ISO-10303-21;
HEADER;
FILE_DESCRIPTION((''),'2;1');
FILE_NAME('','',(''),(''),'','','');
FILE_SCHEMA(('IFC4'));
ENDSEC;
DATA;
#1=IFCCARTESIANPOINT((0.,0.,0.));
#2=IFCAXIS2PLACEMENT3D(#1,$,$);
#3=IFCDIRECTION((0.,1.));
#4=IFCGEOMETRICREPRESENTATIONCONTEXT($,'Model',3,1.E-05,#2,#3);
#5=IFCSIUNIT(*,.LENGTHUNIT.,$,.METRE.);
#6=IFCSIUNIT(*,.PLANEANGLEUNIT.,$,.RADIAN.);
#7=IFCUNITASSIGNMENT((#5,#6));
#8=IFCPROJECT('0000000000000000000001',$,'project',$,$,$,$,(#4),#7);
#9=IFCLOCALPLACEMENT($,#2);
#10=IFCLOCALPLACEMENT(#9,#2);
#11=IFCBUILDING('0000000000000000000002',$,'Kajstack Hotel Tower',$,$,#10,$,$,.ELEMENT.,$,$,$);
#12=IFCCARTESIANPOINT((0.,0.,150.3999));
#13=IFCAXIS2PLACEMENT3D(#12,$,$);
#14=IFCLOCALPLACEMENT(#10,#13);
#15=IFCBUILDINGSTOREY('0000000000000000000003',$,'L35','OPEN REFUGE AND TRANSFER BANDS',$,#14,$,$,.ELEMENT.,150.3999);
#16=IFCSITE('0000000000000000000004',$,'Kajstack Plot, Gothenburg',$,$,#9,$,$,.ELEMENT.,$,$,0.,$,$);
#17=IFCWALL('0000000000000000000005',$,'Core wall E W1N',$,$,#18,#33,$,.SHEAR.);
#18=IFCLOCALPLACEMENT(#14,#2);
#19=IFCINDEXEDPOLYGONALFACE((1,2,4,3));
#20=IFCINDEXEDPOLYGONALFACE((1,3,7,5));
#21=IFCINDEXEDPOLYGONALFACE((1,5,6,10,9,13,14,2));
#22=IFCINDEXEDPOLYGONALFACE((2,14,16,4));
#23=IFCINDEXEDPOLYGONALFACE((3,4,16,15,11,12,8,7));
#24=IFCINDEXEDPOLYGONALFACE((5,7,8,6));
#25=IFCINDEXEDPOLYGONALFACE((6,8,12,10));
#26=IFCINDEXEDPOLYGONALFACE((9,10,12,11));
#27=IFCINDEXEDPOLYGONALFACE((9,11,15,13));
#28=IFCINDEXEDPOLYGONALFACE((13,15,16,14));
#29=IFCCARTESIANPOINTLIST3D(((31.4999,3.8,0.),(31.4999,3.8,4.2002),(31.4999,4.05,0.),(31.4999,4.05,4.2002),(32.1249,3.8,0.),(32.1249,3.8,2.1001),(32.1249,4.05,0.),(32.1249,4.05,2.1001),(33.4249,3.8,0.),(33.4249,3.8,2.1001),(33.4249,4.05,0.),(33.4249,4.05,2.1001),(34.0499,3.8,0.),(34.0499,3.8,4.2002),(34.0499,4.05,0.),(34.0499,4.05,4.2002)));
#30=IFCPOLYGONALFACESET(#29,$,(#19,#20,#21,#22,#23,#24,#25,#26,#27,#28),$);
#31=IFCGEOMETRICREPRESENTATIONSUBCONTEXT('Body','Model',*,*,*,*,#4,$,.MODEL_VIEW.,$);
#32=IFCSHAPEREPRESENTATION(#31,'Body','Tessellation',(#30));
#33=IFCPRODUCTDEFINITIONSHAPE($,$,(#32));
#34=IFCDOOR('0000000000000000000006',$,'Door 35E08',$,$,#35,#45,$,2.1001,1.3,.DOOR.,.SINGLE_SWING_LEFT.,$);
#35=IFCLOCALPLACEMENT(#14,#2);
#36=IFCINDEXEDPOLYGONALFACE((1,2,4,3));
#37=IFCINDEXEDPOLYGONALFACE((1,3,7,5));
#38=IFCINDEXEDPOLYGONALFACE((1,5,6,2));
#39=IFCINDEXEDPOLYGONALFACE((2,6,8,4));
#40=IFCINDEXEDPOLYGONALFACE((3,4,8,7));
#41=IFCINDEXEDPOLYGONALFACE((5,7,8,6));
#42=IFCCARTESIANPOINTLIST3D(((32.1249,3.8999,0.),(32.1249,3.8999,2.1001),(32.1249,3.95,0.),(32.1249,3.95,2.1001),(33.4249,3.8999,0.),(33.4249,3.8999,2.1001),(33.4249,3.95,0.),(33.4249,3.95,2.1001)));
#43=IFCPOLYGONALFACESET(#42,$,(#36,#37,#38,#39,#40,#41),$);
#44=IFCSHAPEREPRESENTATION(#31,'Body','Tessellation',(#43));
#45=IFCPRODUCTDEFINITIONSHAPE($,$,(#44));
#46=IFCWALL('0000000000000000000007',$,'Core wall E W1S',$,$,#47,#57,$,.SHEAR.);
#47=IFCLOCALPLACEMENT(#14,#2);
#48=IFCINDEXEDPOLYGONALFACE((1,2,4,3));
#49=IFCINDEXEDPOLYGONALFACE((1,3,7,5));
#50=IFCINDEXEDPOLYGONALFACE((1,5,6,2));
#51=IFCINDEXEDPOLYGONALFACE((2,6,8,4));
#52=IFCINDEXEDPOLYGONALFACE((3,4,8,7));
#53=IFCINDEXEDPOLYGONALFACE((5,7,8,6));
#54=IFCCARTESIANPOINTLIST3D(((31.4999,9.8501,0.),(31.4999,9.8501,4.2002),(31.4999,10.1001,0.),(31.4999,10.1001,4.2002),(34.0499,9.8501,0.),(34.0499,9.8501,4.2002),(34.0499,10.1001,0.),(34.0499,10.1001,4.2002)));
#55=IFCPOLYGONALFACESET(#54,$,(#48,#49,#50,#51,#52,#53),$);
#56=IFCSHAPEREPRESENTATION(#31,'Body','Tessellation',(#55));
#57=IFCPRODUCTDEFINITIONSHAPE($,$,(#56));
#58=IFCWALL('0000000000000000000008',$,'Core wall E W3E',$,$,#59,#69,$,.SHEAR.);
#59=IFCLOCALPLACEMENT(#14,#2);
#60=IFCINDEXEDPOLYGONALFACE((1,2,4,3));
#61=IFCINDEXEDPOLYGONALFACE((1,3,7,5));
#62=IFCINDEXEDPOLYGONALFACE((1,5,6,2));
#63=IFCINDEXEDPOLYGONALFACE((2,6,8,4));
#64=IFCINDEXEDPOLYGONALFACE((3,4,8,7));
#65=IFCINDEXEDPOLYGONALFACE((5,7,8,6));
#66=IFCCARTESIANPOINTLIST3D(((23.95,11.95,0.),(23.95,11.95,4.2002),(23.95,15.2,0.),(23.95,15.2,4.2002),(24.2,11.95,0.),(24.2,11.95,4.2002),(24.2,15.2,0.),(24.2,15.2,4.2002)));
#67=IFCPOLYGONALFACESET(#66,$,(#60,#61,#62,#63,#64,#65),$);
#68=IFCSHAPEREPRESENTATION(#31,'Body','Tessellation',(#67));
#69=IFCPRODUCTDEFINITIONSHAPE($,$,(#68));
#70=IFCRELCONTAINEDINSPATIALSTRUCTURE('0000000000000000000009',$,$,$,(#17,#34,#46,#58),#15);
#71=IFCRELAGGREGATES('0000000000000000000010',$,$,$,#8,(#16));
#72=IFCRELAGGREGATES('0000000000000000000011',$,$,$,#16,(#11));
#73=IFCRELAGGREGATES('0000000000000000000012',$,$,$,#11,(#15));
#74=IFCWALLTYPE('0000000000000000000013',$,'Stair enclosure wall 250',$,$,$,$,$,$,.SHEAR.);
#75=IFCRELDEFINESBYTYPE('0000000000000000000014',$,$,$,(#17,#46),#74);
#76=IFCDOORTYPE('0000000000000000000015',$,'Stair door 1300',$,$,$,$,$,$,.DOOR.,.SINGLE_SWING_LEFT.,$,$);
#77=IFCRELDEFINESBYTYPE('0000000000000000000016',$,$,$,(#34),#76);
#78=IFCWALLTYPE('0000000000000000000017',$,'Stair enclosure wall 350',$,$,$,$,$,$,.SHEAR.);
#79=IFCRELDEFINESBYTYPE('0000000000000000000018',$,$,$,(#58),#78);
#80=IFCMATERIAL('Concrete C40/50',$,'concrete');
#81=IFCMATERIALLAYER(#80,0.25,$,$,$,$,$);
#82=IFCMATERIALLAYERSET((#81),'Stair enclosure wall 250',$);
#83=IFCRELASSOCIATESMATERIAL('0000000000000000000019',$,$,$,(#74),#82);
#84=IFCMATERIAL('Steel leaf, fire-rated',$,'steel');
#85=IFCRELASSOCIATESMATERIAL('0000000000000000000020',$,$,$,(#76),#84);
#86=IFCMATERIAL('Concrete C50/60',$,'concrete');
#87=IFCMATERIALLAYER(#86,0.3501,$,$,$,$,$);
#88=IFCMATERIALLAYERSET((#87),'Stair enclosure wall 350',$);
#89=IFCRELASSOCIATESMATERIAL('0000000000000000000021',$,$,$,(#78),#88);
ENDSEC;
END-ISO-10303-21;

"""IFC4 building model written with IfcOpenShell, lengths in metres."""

from ifc_helpers import new_model, si_unit, direction, frame, frame_2d, origin, place, context, subcontext, project, spatial, rectangle, extrude, material, layer, layer_set, type_object, element, fill, save


model = new_model("IFC4")

# Units and contexts
model_context = context("Model", 3, precision=1e-05, world=origin(), true_north=direction((0.0, 1.0)))
body_context = subcontext(model_context, "Body", "Model", "MODEL_VIEW")
ifc_project = project(units=[si_unit("LENGTHUNIT", "METRE"), si_unit("PLANEANGLEUNIT", "RADIAN")], contexts=[model_context])

# Site, building, storey
site_placement = place(None, origin())
site = spatial("IfcSite", under=ifc_project, at=site_placement, Name="Kajstack Plot, Gothenburg", CompositionType="ELEMENT", RefElevation=0.0)
building_placement = place(site_placement, origin())
building = spatial("IfcBuilding", under=site, at=building_placement, Name="Kajstack Hotel Tower", CompositionType="ELEMENT")
storey_placement = place(building_placement, frame((0.0, 0.0, 150.3999)))
storey = spatial("IfcBuildingStorey", under=building, at=storey_placement, Name="L35", Description="OPEN REFUGE AND TRANSFER BANDS", CompositionType="ELEMENT", Elevation=150.3999)

# Shared definitions
ifc_material_1 = material(Name="Concrete C50/60", Category="concrete")

# Shared definitions
ifc_material_2 = material(Name="Steel leaf, fire-rated", Category="steel")

# Wall, opening, door
ifc_material_3 = material(Name="Concrete C40/50", Category="concrete")
ifc_layer_1 = layer(ifc_material_3, 0.25)
ifc_layer_set_1 = layer_set([ifc_layer_1], Name="Stair enclosure wall 250")
wall_type_1 = type_object("IfcWallType", Name="Stair enclosure wall 250", PredefinedType="SHEAR", material=ifc_layer_set_1)
wall_1_placement = place(storey_placement, frame((31.5, 3.925, 0.0), z_axis=(0.0, 0.0, 1.0), x_axis=(1.0, 0.0, 0.0)))
wall_1 = element("IfcWall", 1, at=wall_1_placement, inside=storey, type_object=wall_type_1, Name="Core wall E W1N", PredefinedType="SHEAR", context=body_context, shape_type="SweptSolid", body=[
    extrude(rectangle(XDim=2.55, YDim=0.25, at=frame_2d((1.2749, 0.0))), origin(), (0.0, 0.0, 1.0), 4.2002),
])
opening_1_placement = place(wall_1_placement, frame((0.625, 0.0, 0.0)))
opening_1 = element("IfcOpeningElement", 2, at=opening_1_placement, cuts=wall_1, PredefinedType="OPENING", context=body_context, shape_type="SweptSolid", body=[
    extrude(rectangle(XDim=1.3, YDim=2.1001, at=frame_2d((0.6499, 1.05))), frame((0.0, 0.135, 0.0), z_axis=(0.0, -1.0, 0.0), x_axis=(1.0, 0.0, 0.0)), (0.0, 0.0, 1.0), 0.27),
])
door_type_1 = type_object("IfcDoorType", Name="Stair door 1300", OperationType="SINGLE_SWING_LEFT", PredefinedType="DOOR", material=ifc_material_2)
door_1_placement = place(opening_1_placement, origin())
door_1 = element("IfcDoor", 3, at=door_1_placement, inside=storey, type_object=door_type_1, Name="Door 35E08", OperationType="SINGLE_SWING_LEFT", OverallHeight=2.1001, OverallWidth=1.3, PredefinedType="DOOR", context=body_context, shape_type="SweptSolid", body=[
    extrude(rectangle(XDim=1.3, YDim=2.1001, at=frame_2d((0.6499, 1.05))), frame((0.0, 0.0249, 0.0), z_axis=(0.0, -1.0, 0.0), x_axis=(1.0, 0.0, 0.0)), (0.0, 0.0, 1.0), 0.05),
])
fill(opening_1, door_1)

# Walls
wall_2_placement = place(storey_placement, frame((31.5, 9.9751, 0.0), z_axis=(0.0, 0.0, 1.0), x_axis=(1.0, 0.0, 0.0)))
element("IfcWall", 4, at=wall_2_placement, inside=storey, type_object=wall_type_1, Name="Core wall E W1S", PredefinedType="SHEAR", context=body_context, shape_type="SweptSolid", body=[
    extrude(rectangle(XDim=2.55, YDim=0.25, at=frame_2d((1.2749, 0.0))), origin(), (0.0, 0.0, 1.0), 4.2002),
])
ifc_layer_2 = layer(ifc_material_1, 0.3501)
ifc_layer_set_2 = layer_set([ifc_layer_2], Name="Stair enclosure wall 350")
wall_type_2 = type_object("IfcWallType", Name="Stair enclosure wall 350", PredefinedType="SHEAR", material=ifc_layer_set_2)
wall_3_placement = place(storey_placement, frame((24.075, 11.95, 0.0), z_axis=(0.0, 0.0, 1.0), x_axis=(0.0, 1.0, 0.0)))
element("IfcWall", 5, at=wall_3_placement, inside=storey, type_object=wall_type_2, Name="Core wall E W3E", PredefinedType="SHEAR", context=body_context, shape_type="SweptSolid", body=[
    extrude(rectangle(XDim=3.25, YDim=0.25, at=frame_2d((1.625, 0.0))), origin(), (0.0, 0.0, 1.0), 4.2002),
])

save(model, "model.ifc")
